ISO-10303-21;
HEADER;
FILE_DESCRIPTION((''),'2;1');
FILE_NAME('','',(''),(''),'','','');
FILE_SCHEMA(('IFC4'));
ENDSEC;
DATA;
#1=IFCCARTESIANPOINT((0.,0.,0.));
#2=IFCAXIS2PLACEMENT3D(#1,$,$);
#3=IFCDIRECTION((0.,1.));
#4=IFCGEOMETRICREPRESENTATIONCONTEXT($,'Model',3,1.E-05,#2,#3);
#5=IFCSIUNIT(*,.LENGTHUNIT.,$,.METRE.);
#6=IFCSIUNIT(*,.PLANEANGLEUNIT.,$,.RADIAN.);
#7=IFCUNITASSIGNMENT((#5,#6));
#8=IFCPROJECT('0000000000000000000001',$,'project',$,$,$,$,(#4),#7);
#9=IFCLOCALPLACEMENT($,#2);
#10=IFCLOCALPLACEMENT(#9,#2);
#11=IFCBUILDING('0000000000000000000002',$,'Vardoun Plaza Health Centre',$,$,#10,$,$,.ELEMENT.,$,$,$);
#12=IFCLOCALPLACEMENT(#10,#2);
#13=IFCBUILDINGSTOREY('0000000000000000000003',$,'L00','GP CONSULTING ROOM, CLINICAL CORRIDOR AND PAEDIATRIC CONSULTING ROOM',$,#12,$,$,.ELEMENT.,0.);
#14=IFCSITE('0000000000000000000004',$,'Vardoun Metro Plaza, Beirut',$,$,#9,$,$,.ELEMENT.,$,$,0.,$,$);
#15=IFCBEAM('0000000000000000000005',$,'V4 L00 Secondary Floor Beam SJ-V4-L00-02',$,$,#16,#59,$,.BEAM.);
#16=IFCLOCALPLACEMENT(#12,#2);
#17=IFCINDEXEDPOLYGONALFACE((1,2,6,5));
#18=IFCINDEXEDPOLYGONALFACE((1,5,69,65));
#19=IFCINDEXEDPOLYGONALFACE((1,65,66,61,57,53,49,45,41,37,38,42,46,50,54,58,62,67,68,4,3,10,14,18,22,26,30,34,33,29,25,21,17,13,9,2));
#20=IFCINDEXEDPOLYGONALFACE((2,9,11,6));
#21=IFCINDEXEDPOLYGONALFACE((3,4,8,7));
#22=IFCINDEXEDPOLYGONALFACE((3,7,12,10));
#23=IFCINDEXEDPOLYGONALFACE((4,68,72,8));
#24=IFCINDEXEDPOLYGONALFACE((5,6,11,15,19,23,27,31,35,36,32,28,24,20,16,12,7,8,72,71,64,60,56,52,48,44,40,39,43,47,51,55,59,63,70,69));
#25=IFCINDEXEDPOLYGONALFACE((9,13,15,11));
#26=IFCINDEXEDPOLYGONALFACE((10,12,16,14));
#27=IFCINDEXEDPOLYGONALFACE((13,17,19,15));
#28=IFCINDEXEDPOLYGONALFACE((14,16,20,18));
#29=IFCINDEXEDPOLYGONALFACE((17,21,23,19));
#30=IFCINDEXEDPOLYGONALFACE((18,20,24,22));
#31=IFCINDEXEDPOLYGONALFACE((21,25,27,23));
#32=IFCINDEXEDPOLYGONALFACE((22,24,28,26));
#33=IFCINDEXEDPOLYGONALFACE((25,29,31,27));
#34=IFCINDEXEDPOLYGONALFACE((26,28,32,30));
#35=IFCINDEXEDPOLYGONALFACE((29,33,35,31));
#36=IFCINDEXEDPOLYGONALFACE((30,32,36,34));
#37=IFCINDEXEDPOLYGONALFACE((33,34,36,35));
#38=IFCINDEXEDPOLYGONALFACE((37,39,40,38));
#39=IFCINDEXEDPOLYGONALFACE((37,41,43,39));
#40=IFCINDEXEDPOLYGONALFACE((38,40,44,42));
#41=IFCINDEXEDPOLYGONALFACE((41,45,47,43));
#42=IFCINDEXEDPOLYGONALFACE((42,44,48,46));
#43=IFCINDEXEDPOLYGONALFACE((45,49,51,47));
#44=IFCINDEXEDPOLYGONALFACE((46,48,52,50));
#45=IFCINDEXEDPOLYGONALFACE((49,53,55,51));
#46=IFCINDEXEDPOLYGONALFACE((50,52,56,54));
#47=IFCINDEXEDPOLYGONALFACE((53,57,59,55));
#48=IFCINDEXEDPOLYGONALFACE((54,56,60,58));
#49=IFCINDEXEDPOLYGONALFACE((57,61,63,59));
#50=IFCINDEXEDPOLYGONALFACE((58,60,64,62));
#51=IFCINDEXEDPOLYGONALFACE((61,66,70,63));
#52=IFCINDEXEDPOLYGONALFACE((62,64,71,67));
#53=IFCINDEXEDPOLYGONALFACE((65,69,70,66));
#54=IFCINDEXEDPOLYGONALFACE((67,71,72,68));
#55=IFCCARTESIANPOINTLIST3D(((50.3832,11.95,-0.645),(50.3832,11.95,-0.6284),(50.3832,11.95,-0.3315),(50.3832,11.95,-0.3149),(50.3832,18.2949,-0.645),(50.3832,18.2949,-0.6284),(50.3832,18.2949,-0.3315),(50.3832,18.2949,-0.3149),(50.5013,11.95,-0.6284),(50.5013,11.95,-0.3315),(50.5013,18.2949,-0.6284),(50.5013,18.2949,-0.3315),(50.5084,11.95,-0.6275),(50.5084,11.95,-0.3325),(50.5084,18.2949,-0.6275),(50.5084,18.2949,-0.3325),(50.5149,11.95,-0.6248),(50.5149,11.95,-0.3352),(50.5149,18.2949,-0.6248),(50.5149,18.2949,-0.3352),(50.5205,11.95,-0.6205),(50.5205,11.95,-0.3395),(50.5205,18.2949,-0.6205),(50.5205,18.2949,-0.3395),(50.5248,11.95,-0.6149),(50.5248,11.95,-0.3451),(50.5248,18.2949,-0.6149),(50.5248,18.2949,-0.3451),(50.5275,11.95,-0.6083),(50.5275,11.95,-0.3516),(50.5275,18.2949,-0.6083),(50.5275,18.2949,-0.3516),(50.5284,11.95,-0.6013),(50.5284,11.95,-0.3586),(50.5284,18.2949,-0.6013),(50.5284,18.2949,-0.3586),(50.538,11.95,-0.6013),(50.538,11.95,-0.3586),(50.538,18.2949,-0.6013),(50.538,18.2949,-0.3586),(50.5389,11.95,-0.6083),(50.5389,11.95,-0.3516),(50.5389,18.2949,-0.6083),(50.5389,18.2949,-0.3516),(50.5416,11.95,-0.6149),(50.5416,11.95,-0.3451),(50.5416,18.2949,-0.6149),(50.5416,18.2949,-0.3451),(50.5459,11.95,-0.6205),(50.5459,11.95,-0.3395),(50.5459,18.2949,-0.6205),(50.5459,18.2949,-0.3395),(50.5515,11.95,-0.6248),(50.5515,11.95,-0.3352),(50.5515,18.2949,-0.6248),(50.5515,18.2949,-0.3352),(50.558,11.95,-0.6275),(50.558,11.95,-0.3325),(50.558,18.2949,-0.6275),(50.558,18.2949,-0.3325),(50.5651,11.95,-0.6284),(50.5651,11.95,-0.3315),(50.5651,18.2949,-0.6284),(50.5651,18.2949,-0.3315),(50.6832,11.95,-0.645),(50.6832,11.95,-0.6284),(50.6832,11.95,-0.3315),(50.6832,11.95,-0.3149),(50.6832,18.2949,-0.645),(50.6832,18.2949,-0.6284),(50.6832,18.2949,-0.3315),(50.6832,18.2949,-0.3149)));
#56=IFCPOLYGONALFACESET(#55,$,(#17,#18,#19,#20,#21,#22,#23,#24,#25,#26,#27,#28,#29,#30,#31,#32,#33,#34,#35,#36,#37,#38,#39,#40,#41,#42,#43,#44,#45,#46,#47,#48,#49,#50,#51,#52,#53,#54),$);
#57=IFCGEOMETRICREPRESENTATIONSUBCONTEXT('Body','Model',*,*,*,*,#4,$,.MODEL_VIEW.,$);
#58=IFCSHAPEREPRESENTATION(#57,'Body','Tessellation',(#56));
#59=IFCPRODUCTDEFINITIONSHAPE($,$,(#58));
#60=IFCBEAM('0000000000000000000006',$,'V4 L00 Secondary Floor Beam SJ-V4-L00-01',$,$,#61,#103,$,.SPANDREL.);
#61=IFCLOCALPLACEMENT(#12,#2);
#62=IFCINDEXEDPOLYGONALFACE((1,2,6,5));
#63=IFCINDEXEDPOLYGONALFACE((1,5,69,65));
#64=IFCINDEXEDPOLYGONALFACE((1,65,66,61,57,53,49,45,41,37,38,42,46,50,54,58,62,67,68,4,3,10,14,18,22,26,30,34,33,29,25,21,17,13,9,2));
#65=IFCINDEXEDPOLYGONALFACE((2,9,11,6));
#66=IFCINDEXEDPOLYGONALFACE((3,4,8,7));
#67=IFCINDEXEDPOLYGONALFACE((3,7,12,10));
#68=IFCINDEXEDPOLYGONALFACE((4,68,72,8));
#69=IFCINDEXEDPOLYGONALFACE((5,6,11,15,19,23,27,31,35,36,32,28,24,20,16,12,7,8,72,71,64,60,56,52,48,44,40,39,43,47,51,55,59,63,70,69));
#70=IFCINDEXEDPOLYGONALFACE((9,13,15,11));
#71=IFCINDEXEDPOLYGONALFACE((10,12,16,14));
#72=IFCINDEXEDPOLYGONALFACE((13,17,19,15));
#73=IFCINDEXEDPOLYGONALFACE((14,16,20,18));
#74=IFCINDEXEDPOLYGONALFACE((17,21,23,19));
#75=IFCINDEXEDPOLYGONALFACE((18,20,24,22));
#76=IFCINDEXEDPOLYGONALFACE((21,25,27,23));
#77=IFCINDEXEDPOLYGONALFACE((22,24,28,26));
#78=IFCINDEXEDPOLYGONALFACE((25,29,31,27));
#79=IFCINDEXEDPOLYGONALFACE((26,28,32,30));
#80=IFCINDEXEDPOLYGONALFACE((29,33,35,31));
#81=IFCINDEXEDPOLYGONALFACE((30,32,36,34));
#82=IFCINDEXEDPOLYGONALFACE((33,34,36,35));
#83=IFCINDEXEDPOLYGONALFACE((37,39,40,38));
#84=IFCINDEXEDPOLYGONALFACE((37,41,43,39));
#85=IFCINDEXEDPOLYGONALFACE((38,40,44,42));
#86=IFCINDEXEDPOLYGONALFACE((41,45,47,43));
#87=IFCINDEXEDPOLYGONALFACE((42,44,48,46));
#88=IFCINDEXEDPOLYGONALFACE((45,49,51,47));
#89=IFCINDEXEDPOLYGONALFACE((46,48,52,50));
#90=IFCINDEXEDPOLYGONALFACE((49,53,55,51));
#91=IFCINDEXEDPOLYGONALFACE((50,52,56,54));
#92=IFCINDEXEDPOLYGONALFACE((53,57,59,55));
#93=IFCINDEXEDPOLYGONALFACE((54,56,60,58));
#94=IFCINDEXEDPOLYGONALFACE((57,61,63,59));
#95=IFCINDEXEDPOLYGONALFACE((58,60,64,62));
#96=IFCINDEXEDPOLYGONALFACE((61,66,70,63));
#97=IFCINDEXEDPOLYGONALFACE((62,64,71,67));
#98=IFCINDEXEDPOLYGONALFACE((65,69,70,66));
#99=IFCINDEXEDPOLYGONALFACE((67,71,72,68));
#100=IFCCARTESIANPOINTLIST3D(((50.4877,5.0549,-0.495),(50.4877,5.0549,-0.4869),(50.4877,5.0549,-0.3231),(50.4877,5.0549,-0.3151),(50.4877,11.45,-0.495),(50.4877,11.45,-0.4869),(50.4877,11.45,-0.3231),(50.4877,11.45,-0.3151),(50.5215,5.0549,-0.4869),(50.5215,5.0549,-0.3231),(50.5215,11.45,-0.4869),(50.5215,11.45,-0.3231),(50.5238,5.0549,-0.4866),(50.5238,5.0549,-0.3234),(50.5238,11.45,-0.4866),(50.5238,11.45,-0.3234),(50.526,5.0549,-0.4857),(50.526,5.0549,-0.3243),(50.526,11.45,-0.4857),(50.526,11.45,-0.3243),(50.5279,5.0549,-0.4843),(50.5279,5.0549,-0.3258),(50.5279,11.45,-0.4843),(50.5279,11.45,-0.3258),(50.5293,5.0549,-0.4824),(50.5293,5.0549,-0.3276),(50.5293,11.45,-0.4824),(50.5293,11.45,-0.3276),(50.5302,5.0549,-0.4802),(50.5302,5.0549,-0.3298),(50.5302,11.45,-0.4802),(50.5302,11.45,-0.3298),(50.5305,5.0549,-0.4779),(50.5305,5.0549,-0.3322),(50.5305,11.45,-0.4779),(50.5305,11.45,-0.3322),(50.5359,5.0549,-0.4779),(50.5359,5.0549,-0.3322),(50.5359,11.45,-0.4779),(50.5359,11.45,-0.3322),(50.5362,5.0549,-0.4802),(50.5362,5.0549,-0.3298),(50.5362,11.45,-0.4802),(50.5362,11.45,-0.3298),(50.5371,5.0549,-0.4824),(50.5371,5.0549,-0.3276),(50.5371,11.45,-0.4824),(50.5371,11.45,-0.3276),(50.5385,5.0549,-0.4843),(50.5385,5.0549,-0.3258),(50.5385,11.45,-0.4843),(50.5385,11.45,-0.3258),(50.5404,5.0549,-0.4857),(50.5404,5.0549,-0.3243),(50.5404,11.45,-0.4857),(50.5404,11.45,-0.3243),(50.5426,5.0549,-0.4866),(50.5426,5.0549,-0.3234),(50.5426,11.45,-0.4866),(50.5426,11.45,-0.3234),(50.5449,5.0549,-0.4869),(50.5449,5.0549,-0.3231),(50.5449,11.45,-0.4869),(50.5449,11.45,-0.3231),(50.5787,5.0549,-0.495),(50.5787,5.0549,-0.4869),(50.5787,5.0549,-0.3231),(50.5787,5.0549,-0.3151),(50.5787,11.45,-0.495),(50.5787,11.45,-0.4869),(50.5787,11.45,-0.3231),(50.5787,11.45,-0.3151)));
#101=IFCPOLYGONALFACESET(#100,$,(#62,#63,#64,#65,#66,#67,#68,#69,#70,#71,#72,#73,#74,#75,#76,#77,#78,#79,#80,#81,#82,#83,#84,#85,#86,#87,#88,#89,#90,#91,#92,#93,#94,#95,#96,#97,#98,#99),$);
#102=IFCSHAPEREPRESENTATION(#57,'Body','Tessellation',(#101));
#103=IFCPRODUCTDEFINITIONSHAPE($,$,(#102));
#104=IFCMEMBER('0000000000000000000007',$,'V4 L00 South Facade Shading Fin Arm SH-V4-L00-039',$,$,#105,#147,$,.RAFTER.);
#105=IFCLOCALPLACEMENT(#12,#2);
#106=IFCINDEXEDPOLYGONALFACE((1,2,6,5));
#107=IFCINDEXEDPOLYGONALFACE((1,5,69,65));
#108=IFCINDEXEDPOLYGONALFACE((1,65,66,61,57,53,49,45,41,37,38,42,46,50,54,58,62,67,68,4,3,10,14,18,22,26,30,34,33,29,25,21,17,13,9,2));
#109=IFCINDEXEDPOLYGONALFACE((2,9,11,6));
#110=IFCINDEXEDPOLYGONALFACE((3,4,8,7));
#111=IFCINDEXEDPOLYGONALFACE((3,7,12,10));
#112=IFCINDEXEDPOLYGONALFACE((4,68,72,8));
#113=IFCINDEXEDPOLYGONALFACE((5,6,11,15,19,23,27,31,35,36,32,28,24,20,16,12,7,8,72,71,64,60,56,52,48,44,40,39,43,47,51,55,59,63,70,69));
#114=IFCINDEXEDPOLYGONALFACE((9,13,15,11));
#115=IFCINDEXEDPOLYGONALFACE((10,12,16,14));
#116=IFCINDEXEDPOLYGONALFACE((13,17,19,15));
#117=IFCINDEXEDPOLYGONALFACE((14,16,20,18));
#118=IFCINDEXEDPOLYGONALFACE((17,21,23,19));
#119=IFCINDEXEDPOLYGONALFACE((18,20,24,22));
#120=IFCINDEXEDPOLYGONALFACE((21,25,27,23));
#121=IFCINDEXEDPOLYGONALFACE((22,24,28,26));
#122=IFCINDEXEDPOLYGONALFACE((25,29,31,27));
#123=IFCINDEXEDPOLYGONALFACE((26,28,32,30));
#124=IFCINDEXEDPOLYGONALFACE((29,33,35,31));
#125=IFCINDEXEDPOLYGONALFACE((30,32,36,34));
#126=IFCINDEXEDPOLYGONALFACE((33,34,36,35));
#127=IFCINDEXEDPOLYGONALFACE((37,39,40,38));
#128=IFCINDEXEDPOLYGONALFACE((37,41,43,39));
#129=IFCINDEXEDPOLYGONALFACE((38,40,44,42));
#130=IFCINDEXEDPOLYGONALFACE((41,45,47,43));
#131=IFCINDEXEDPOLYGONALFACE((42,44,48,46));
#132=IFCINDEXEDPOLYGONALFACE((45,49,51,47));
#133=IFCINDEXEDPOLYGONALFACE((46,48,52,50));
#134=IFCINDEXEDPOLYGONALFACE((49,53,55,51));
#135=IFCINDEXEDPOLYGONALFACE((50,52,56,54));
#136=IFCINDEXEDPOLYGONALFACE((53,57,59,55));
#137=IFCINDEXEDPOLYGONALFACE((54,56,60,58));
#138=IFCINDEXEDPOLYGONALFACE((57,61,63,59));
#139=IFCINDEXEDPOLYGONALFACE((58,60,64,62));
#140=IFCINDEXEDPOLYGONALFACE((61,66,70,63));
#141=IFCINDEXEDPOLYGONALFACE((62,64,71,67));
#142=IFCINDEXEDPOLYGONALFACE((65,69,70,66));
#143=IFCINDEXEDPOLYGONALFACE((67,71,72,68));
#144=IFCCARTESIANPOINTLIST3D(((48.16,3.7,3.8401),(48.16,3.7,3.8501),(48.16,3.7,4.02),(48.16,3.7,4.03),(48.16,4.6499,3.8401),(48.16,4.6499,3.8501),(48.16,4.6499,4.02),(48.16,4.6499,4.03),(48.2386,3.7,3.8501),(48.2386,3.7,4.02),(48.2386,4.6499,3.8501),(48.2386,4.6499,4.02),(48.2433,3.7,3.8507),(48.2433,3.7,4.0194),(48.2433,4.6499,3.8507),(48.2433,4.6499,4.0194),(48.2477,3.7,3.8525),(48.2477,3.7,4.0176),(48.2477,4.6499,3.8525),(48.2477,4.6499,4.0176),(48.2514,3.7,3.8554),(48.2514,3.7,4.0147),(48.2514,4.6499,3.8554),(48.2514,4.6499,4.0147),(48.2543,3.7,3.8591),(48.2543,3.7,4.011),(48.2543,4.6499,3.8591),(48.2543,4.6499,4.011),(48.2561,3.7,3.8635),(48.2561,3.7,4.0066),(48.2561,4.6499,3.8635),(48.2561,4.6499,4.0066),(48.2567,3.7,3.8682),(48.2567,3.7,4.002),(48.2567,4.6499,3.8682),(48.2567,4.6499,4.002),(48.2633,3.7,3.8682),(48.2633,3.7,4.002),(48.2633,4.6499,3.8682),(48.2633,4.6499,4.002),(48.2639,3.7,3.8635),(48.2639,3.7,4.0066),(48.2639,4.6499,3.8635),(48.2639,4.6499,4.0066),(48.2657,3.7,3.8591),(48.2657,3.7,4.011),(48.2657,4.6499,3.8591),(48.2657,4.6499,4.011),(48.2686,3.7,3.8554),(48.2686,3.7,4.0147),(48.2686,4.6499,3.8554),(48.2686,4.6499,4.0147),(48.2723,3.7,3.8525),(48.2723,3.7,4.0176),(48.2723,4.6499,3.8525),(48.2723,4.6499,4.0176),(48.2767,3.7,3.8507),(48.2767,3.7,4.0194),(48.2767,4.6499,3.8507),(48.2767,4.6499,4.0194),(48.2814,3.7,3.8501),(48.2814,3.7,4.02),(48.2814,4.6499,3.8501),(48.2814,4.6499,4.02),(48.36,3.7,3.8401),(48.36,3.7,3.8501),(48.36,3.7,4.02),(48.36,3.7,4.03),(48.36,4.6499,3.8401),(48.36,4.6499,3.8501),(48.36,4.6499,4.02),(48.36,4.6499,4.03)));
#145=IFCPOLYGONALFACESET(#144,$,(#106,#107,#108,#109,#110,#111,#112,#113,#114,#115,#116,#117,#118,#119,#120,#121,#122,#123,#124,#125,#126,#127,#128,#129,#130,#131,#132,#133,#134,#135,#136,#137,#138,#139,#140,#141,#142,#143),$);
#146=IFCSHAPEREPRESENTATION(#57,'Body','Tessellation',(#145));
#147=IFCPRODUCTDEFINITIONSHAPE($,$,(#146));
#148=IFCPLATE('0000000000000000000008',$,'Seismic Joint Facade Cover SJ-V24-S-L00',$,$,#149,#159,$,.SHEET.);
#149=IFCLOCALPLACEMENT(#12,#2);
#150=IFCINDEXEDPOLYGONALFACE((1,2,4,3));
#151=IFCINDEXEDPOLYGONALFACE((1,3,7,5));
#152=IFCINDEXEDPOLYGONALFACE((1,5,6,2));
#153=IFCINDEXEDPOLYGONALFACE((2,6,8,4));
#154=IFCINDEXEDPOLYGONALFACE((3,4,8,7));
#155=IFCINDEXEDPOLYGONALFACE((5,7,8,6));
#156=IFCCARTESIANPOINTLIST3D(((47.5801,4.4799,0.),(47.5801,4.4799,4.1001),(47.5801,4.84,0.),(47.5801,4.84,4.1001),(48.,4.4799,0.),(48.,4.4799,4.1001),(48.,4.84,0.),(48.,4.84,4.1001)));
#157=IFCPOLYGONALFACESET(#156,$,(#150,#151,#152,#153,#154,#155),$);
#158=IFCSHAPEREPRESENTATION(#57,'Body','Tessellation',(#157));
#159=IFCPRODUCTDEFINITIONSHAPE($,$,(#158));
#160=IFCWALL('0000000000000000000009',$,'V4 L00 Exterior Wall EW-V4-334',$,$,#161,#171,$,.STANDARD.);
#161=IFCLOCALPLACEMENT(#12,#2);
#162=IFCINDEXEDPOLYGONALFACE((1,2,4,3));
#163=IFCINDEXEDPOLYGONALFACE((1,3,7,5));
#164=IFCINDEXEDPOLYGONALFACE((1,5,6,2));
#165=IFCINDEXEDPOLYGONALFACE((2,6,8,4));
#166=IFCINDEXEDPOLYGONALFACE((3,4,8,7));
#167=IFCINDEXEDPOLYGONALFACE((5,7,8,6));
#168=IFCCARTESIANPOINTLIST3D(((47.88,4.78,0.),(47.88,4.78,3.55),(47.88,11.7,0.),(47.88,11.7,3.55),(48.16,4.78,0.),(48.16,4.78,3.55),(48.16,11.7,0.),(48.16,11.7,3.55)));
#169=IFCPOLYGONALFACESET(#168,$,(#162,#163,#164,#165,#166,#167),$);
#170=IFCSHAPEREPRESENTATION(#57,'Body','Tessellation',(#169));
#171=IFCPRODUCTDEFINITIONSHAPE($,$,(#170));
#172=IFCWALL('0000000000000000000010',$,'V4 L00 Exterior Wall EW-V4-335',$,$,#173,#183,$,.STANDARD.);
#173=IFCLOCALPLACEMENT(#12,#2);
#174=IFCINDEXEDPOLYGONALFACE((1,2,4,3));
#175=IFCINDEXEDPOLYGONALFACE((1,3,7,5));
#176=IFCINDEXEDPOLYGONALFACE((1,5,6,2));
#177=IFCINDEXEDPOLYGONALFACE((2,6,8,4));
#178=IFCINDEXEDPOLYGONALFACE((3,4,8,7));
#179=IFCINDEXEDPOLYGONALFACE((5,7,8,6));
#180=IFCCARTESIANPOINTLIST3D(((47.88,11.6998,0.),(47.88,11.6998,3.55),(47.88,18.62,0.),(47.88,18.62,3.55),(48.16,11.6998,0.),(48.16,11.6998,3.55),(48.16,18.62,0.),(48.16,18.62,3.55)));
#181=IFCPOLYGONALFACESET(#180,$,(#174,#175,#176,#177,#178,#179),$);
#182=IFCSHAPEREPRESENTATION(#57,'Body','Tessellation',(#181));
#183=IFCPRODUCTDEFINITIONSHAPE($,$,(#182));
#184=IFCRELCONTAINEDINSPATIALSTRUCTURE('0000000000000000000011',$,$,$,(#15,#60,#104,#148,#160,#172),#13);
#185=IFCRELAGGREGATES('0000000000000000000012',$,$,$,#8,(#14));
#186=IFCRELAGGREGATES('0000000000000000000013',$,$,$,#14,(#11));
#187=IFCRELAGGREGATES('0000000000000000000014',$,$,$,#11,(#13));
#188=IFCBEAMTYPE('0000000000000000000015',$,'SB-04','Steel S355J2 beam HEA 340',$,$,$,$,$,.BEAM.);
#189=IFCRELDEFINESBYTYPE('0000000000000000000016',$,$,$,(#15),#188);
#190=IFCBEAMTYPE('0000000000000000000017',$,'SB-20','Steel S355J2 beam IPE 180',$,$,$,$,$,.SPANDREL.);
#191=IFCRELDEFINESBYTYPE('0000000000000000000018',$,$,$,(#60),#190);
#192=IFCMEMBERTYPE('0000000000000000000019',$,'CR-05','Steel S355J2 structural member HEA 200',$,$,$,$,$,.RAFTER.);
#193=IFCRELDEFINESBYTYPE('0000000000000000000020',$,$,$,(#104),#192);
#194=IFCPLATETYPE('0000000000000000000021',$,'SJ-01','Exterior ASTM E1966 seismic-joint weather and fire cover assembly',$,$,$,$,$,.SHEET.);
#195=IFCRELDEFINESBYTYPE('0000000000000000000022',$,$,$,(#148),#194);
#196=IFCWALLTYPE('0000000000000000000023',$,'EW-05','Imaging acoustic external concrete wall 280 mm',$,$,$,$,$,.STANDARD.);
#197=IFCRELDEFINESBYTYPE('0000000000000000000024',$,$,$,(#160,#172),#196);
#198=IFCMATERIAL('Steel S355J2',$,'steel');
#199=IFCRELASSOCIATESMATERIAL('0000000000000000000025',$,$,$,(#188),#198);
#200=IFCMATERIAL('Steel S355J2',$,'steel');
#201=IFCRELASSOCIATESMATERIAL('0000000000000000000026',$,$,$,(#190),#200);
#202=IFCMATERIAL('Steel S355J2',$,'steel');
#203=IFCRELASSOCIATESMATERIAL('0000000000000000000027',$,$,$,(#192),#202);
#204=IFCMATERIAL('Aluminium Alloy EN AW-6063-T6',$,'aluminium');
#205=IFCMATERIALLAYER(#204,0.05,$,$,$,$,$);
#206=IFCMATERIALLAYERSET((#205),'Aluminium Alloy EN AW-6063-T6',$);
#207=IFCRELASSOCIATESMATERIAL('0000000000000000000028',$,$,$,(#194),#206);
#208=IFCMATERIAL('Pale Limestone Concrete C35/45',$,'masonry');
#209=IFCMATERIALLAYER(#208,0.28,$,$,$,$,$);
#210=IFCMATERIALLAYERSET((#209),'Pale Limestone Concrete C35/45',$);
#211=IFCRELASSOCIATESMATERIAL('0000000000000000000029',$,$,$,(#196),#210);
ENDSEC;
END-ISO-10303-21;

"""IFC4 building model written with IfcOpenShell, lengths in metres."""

from ifc_helpers import new_model, si_unit, direction, frame, frame_2d, origin, origin_2d, place, context, subcontext, project, spatial, rectangle, i_section, extrude, material, layer, layer_set, material_profile, profile_set, type_object, element, save


model = new_model("IFC4")

# Units and contexts
model_context = context("Model", 3, precision=1e-05, world=origin(), true_north=direction((0.0, 1.0)))
body_context = subcontext(model_context, "Body", "Model", "MODEL_VIEW")
ifc_project = project(units=[si_unit("LENGTHUNIT", "METRE"), si_unit("PLANEANGLEUNIT", "RADIAN")], contexts=[model_context])

# Site, building, storey
site_placement = place(None, origin())
site = spatial("IfcSite", under=ifc_project, at=site_placement, Name="Vardoun Metro Plaza, Beirut", CompositionType="ELEMENT", RefElevation=0.0)
building_placement = place(site_placement, origin())
building = spatial("IfcBuilding", under=site, at=building_placement, Name="Vardoun Plaza Health Centre", CompositionType="ELEMENT")
storey_placement = place(building_placement, origin())
storey = spatial("IfcBuildingStorey", under=building, at=storey_placement, Name="L00", Description="GP CONSULTING ROOM, CLINICAL CORRIDOR AND PAEDIATRIC CONSULTING ROOM", CompositionType="ELEMENT", Elevation=0.0)

# Beams
ifc_material_1 = material(Name="Steel S355J2", Category="steel")
ifc_material_profile_1 = material_profile(ifc_material_1, i_section(OverallWidth=0.3, OverallDepth=0.3301, WebThickness=0.0095, FlangeThickness=0.0166, FilletRadius=0.0271, at=origin_2d()), Name="HEA 340")
ifc_profile_set_1 = profile_set([ifc_material_profile_1], Name="Steel S355J2")
beam_type_1 = type_object("IfcBeamType", Name="SB-04", Description="Steel S355J2 beam HEA 340", PredefinedType="BEAM", material=ifc_profile_set_1)
beam_1_placement = place(storey_placement, frame((50.5332, 11.95, -0.48), z_axis=(0.0, 1.0, 0.0), x_axis=(-1.0, 0.0, 0.0)))
element("IfcBeam", 1, at=beam_1_placement, inside=storey, type_object=beam_type_1, Name="V4 L00 Secondary Floor Beam SJ-V4-L00-02", PredefinedType="BEAM", context=body_context, shape_type="SweptSolid", body=[
    extrude(i_section(OverallWidth=0.3, OverallDepth=0.3301, WebThickness=0.0095, FlangeThickness=0.0166, FilletRadius=0.0271, at=origin_2d()), origin(), (0.0, 0.0, 1.0), 6.345),
])
ifc_material_2 = material(Name="Steel S355J2", Category="steel")
ifc_material_profile_2 = material_profile(ifc_material_2, i_section(OverallWidth=0.0911, OverallDepth=0.1799, WebThickness=0.0054, FlangeThickness=0.0081, FilletRadius=0.009, at=origin_2d()), Name="IPE 180")
ifc_profile_set_2 = profile_set([ifc_material_profile_2], Name="Steel S355J2")
beam_type_2 = type_object("IfcBeamType", Name="SB-20", Description="Steel S355J2 beam IPE 180", PredefinedType="SPANDREL", material=ifc_profile_set_2)
beam_2_placement = place(storey_placement, frame((50.5332, 5.0549, -0.405), z_axis=(0.0, 1.0, 0.0), x_axis=(-1.0, 0.0, 0.0)))
element("IfcBeam", 2, at=beam_2_placement, inside=storey, type_object=beam_type_2, Name="V4 L00 Secondary Floor Beam SJ-V4-L00-01", PredefinedType="SPANDREL", context=body_context, shape_type="SweptSolid", body=[
    extrude(i_section(OverallWidth=0.0911, OverallDepth=0.1799, WebThickness=0.0054, FlangeThickness=0.0081, FilletRadius=0.009, at=origin_2d()), origin(), (0.0, 0.0, 1.0), 6.395),
])

# Member
ifc_material_3 = material(Name="Steel S355J2", Category="steel")
ifc_material_profile_3 = material_profile(ifc_material_3, i_section(OverallWidth=0.2, OverallDepth=0.1899, WebThickness=0.0066, FlangeThickness=0.01, FilletRadius=0.0181, at=origin_2d()), Name="HEA 200")
ifc_profile_set_3 = profile_set([ifc_material_profile_3], Name="Steel S355J2")
member_type = type_object("IfcMemberType", Name="CR-05", Description="Steel S355J2 structural member HEA 200", PredefinedType="RAFTER", material=ifc_profile_set_3)
member_placement = place(storey_placement, frame((48.26, 4.6499, 3.9351), z_axis=(0.0, -1.0, 0.0), x_axis=(1.0, 0.0, 0.0)))
element("IfcMember", 3, at=member_placement, inside=storey, type_object=member_type, Name="V4 L00 South Facade Shading Fin Arm SH-V4-L00-039", PredefinedType="RAFTER", context=body_context, shape_type="SweptSolid", body=[
    extrude(i_section(OverallWidth=0.2, OverallDepth=0.1899, WebThickness=0.0066, FlangeThickness=0.01, FilletRadius=0.0181, at=origin_2d()), origin(), (0.0, 0.0, 1.0), 0.95),
])

# Plate
ifc_material_4 = material(Name="Aluminium Alloy EN AW-6063-T6", Category="aluminium")
ifc_layer_1 = layer(ifc_material_4, 0.05)
ifc_layer_set_1 = layer_set([ifc_layer_1], Name="Aluminium Alloy EN AW-6063-T6")
plate_type = type_object("IfcPlateType", Name="SJ-01", Description="Exterior ASTM E1966 seismic-joint weather and fire cover assembly", PredefinedType="SHEET", material=ifc_layer_set_1)
plate_placement = place(storey_placement, frame((47.79, 4.6599, 0.0), z_axis=(0.0, 0.0, 1.0), x_axis=(1.0, 0.0, 0.0)))
element("IfcPlate", 4, at=plate_placement, inside=storey, type_object=plate_type, Name="Seismic Joint Facade Cover SJ-V24-S-L00", PredefinedType="SHEET", context=body_context, shape_type="SweptSolid", body=[
    extrude(rectangle(XDim=0.4199, YDim=0.3601, at=origin_2d()), origin(), (0.0, 0.0, 1.0), 4.1001),
])

# Walls
ifc_material_5 = material(Name="Pale Limestone Concrete C35/45", Category="masonry")
ifc_layer_2 = layer(ifc_material_5, 0.28)
ifc_layer_set_2 = layer_set([ifc_layer_2], Name="Pale Limestone Concrete C35/45")
wall_type_1 = type_object("IfcWallType", Name="EW-05", Description="Imaging acoustic external concrete wall 280 mm", PredefinedType="STANDARD", material=ifc_layer_set_2)
wall_1_placement = place(storey_placement, frame((48.02, 4.78, 0.0), z_axis=(0.0, 0.0, 1.0), x_axis=(0.0, 1.0, 0.0)))
element("IfcWall", 5, at=wall_1_placement, inside=storey, type_object=wall_type_1, Name="V4 L00 Exterior Wall EW-V4-334", PredefinedType="STANDARD", context=body_context, shape_type="SweptSolid", body=[
    extrude(rectangle(XDim=6.9199, YDim=0.28, at=frame_2d((3.46, 0.0))), origin(), (0.0, 0.0, 1.0), 3.55),
])
wall_2_placement = place(storey_placement, frame((48.02, 11.7, 0.0), z_axis=(0.0, 0.0, 1.0), x_axis=(0.0, 1.0, 0.0)))
element("IfcWall", 6, at=wall_2_placement, inside=storey, type_object=wall_type_1, Name="V4 L00 Exterior Wall EW-V4-335", PredefinedType="STANDARD", context=body_context, shape_type="SweptSolid", body=[
    extrude(rectangle(XDim=6.9202, YDim=0.28, at=frame_2d((3.46, 0.0))), origin(), (0.0, 0.0, 1.0), 3.55),
])

save(model, "model.ifc")
